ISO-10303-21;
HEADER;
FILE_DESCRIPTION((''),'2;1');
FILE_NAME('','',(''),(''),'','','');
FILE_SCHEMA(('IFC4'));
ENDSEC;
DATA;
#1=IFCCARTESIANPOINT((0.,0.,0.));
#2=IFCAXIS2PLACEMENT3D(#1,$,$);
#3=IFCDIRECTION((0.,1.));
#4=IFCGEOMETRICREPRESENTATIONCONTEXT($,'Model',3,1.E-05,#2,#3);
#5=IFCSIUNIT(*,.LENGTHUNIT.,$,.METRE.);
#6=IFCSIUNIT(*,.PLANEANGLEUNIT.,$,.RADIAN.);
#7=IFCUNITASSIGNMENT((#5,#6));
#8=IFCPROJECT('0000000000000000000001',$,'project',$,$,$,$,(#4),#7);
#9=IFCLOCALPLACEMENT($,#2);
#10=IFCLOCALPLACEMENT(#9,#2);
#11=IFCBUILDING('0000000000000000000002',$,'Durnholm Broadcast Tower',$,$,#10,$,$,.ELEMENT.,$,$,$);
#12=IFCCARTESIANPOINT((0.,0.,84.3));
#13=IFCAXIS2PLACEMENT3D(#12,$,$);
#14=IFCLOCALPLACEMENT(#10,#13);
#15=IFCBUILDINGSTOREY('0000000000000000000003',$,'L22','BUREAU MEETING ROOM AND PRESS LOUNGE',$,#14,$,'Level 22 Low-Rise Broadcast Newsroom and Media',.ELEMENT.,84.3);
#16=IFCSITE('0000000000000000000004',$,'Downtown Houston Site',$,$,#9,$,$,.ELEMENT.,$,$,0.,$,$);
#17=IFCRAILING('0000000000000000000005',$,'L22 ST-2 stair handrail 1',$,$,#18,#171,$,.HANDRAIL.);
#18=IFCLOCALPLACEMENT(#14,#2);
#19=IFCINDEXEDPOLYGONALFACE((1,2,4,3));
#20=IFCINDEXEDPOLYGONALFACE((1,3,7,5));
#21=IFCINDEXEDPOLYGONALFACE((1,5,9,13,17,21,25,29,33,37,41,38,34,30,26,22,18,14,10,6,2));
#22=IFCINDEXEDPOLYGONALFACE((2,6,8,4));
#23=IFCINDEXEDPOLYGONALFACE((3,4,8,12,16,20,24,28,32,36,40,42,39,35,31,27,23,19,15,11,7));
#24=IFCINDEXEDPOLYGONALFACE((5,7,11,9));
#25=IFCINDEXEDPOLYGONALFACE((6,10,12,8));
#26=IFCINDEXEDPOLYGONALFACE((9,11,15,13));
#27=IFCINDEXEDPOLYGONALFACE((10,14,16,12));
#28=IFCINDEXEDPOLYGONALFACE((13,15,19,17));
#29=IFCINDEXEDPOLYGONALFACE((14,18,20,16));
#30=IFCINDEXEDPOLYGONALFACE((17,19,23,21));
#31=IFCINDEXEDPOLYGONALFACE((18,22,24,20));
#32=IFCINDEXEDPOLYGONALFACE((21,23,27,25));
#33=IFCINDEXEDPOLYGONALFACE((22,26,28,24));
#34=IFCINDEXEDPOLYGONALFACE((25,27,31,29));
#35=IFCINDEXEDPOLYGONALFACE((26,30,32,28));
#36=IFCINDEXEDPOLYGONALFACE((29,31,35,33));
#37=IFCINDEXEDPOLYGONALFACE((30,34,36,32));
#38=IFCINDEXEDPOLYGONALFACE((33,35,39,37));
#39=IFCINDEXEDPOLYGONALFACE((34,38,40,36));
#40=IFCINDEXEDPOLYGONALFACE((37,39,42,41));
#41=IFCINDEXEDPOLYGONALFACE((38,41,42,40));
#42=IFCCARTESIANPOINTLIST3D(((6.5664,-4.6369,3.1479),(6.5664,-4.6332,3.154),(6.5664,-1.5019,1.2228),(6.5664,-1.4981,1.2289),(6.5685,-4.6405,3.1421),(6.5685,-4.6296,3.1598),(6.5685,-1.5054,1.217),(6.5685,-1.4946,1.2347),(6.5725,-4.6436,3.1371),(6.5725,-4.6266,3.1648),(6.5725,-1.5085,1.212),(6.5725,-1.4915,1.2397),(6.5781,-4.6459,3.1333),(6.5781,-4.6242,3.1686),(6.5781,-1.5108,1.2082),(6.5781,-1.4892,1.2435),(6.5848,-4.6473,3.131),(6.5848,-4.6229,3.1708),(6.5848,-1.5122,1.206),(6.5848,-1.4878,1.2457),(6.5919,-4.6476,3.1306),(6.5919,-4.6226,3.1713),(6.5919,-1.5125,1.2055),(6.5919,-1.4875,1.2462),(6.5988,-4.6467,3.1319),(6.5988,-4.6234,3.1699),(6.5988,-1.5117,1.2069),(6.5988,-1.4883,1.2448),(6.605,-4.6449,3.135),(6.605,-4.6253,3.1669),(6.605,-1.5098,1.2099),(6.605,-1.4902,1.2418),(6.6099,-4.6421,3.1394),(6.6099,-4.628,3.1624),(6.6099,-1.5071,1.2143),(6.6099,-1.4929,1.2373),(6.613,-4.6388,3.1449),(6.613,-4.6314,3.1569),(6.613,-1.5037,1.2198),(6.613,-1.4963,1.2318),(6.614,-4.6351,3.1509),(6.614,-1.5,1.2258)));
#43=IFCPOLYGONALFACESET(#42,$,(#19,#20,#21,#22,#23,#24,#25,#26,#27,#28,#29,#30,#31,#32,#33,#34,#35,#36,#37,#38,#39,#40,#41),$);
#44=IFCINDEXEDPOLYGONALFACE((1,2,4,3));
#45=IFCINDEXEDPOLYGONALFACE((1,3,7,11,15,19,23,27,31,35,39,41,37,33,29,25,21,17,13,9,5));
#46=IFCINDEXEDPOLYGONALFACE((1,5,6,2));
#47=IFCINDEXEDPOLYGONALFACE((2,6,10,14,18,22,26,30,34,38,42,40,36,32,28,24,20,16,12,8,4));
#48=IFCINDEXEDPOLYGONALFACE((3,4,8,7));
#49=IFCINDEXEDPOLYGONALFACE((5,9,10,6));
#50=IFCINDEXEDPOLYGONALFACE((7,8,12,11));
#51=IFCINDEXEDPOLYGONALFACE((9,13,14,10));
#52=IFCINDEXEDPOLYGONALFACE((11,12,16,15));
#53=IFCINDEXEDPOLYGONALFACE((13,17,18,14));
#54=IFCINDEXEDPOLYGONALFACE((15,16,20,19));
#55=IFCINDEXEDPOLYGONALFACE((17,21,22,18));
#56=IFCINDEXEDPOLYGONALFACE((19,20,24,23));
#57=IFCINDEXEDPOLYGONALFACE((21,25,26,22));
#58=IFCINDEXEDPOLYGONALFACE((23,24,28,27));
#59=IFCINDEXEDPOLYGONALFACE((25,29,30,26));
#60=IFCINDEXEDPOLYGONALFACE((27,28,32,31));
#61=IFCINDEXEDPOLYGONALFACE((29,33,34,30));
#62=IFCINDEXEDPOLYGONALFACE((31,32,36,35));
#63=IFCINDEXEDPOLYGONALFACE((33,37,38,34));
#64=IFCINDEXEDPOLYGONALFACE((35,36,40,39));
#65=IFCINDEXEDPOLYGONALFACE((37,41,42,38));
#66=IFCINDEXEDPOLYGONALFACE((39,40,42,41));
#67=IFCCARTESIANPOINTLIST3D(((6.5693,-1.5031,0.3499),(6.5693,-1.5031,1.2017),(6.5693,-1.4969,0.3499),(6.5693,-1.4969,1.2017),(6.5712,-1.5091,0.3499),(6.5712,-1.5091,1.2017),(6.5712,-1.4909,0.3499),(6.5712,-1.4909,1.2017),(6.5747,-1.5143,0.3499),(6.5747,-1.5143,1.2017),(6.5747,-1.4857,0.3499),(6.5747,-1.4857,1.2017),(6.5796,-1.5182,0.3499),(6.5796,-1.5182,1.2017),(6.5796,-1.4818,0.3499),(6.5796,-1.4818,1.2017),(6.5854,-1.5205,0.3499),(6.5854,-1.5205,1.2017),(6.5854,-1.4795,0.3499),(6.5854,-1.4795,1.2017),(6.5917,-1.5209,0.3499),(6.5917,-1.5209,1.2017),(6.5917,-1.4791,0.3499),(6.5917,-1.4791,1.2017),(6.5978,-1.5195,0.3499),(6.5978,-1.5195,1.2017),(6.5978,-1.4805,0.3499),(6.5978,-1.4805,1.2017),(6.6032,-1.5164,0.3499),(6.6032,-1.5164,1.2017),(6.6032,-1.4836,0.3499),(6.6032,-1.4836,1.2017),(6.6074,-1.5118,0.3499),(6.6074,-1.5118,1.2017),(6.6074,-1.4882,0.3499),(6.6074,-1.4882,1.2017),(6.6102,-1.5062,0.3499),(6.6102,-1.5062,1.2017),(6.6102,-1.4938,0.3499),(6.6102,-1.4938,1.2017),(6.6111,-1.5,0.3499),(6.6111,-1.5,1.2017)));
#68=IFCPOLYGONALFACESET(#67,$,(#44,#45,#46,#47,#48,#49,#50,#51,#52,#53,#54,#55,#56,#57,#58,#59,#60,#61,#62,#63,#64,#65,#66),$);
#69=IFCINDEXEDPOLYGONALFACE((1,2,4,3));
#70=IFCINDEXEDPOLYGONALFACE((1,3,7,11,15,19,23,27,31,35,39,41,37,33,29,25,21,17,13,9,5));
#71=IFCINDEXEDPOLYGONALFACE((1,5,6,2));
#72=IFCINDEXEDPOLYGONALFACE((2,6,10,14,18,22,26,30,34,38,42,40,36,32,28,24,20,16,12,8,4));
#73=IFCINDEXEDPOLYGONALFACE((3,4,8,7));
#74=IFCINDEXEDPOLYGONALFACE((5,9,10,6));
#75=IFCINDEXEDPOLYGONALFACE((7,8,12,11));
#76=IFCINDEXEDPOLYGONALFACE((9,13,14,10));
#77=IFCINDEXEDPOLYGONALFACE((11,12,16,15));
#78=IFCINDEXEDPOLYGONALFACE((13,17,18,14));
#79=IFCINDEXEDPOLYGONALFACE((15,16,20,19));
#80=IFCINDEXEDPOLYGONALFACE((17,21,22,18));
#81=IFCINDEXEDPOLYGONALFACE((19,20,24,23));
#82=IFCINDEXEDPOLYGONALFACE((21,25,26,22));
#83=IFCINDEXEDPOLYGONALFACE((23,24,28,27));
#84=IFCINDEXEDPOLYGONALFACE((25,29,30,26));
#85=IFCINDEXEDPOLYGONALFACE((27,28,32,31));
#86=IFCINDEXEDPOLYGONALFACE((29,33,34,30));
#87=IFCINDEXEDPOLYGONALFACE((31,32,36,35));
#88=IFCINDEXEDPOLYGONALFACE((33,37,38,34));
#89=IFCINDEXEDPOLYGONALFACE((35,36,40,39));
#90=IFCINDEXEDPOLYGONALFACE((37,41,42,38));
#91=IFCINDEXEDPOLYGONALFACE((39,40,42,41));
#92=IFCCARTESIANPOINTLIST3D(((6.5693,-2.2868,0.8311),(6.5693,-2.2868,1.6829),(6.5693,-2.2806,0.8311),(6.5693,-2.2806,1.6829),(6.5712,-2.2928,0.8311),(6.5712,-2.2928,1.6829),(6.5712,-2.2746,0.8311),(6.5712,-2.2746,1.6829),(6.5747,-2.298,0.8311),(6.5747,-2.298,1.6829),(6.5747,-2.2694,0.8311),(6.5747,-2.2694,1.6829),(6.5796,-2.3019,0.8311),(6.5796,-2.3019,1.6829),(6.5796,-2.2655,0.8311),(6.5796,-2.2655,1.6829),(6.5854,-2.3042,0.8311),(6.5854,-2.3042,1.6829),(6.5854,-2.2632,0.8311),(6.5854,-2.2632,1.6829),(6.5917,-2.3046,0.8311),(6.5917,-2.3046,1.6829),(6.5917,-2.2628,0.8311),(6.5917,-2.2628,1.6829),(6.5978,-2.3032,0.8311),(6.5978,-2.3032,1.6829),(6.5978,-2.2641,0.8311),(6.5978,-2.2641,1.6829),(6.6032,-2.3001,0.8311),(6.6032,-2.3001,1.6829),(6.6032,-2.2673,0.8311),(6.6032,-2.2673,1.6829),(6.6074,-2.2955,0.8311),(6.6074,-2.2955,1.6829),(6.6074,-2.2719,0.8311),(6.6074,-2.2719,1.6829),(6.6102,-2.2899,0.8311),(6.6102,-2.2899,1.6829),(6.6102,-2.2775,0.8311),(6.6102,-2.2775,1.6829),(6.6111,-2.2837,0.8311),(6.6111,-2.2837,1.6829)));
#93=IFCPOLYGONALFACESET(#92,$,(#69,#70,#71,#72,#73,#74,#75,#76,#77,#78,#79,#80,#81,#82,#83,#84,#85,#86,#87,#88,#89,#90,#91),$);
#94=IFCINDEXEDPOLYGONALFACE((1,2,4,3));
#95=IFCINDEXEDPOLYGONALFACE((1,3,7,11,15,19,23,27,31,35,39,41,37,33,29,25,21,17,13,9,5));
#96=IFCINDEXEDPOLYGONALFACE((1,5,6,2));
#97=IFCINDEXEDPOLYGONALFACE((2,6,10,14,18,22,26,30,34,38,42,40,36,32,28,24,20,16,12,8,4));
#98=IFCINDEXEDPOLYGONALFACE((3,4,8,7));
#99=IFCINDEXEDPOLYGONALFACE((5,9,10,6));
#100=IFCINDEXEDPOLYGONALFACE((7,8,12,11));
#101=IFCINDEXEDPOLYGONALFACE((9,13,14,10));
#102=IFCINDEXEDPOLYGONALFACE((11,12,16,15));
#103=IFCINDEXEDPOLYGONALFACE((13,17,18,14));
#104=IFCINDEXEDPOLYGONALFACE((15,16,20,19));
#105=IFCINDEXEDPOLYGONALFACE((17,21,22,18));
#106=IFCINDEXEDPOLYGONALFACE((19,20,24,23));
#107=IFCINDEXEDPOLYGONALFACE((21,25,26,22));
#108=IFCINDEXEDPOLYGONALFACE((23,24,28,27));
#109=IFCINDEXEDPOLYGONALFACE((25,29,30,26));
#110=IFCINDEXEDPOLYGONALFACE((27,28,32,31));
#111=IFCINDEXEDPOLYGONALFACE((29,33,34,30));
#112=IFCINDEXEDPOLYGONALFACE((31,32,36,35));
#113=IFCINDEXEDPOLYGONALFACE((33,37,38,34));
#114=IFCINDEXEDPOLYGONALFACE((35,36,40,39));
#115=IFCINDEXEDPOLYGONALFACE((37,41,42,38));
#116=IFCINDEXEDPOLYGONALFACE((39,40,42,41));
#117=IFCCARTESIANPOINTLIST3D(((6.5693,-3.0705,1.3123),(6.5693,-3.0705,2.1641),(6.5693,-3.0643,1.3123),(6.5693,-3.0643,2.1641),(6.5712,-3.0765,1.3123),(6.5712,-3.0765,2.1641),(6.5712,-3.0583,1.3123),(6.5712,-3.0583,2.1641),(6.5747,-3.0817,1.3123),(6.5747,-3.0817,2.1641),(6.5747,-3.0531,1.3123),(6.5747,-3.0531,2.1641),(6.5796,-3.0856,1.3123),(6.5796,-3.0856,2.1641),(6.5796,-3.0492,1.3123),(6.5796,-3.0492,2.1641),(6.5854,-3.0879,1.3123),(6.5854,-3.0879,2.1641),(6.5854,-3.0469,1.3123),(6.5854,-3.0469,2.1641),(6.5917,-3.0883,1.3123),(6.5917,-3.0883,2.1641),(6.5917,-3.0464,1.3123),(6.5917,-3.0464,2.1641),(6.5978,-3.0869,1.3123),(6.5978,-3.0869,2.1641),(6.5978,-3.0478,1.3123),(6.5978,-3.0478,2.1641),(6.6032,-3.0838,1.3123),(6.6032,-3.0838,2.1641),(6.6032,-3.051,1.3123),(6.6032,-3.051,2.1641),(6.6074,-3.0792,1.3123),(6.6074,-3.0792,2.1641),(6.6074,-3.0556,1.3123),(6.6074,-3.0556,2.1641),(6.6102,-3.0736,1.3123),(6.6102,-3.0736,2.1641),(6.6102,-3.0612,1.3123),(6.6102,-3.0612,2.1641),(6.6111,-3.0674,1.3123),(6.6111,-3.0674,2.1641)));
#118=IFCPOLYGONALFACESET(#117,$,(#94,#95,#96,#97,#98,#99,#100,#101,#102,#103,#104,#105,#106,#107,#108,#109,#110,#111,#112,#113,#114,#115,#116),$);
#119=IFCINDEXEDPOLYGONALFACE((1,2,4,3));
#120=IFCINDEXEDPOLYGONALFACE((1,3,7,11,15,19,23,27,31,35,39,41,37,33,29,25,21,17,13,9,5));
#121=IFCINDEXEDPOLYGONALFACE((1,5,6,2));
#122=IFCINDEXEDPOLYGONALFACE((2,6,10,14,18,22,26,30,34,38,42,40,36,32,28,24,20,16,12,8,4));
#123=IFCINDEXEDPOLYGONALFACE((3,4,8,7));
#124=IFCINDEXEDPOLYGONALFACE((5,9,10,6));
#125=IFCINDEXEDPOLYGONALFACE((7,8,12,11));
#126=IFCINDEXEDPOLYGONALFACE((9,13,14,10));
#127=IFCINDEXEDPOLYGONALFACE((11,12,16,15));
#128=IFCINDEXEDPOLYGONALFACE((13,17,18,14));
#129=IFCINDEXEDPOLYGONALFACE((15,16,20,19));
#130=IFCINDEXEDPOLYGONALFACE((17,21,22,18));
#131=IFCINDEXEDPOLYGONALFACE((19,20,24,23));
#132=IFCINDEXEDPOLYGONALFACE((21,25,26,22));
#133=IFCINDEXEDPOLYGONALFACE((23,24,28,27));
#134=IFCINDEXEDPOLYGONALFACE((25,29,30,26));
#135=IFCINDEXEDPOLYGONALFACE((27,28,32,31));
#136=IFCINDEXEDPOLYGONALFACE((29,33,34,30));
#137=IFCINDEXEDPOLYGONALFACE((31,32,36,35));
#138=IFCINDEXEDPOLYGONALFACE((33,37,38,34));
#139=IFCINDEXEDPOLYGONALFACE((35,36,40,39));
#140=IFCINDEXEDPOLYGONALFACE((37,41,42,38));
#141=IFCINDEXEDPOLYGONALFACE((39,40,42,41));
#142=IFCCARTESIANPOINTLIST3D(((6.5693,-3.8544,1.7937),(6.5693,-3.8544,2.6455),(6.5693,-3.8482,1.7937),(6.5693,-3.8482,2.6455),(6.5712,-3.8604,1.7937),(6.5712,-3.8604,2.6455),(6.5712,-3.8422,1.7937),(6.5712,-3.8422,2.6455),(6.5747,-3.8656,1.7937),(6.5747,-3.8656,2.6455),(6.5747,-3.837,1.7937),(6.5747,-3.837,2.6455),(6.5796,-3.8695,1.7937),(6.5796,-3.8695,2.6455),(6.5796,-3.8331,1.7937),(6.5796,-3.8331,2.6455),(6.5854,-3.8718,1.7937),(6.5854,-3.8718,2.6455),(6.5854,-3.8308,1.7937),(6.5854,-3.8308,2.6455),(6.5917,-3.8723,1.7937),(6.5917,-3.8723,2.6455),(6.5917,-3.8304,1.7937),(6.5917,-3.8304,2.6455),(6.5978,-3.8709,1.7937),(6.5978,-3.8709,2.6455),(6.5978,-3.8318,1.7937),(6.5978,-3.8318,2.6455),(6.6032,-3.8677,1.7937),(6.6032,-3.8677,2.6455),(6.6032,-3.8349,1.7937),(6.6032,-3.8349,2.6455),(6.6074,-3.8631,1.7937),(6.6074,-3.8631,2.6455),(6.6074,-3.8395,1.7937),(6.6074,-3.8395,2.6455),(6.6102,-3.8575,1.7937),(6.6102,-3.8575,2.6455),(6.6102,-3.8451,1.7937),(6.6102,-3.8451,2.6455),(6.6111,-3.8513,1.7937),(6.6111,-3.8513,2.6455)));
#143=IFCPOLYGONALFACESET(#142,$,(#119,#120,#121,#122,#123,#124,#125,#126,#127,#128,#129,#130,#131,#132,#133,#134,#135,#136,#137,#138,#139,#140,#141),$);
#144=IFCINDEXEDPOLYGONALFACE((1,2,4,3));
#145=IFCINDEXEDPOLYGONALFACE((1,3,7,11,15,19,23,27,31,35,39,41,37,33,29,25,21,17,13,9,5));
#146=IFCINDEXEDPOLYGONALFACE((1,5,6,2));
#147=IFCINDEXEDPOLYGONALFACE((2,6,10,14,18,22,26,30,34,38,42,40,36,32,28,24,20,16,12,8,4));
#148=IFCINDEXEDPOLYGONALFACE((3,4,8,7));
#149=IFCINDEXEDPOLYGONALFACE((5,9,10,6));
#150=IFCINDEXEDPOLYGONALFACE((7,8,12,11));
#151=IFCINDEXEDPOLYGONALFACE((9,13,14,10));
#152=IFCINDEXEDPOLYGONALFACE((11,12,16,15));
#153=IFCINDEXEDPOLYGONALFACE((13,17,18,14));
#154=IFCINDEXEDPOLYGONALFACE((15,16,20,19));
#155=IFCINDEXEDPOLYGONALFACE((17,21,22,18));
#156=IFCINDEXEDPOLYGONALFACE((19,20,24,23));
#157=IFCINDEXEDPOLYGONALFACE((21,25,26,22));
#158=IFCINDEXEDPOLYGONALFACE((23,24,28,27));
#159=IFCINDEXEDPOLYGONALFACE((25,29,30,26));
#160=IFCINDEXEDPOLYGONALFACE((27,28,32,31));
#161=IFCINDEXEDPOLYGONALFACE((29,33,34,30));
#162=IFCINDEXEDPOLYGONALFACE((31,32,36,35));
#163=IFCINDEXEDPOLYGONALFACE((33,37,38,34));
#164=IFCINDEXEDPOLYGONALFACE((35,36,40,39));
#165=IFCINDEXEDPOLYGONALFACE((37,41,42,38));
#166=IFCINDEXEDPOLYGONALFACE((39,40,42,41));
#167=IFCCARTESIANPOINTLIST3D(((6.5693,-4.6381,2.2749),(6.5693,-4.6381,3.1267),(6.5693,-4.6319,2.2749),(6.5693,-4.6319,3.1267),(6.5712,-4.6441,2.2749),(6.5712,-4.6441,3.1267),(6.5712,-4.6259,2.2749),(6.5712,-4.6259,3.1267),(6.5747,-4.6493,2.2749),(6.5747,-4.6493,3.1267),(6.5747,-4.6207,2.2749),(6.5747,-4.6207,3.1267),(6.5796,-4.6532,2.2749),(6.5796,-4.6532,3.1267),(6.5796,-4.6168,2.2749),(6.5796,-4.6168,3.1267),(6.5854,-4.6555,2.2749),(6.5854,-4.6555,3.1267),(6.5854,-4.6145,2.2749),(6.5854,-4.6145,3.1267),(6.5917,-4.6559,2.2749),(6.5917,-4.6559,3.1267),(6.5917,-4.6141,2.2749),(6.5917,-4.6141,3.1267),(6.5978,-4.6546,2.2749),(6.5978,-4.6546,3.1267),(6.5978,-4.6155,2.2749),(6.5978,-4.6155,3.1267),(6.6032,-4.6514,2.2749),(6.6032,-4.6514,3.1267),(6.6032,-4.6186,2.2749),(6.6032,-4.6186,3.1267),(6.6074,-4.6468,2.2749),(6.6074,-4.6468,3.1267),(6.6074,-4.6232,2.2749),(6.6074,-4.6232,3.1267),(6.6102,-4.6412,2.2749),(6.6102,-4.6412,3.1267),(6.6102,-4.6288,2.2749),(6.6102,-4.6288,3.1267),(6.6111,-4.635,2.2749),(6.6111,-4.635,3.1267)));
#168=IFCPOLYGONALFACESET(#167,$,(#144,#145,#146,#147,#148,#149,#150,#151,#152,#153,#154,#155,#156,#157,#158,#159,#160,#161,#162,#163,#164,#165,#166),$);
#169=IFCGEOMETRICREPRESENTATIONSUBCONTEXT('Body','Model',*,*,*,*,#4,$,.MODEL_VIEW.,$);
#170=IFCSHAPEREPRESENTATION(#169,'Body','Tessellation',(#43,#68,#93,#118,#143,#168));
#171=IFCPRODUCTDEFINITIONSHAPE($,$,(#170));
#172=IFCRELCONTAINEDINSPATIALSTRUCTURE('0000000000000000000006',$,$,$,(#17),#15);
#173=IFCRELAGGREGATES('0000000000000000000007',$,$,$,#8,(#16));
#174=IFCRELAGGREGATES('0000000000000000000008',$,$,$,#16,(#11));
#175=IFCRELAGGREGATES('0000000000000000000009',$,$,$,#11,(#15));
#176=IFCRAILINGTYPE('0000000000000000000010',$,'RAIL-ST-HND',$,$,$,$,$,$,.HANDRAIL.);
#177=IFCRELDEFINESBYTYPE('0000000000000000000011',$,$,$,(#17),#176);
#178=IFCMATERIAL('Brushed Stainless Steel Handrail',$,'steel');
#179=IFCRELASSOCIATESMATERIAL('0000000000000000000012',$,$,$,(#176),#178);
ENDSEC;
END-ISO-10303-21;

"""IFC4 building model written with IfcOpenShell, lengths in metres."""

from ifc_helpers import new_model, si_unit, direction, frame, origin, origin_2d, place, context, subcontext, project, spatial, circle, extrude, material, type_object, element, save


model = new_model("IFC4")

# Units and contexts
model_context = context("Model", 3, precision=1e-05, world=origin(), true_north=direction((0.0, 1.0)))
body_context = subcontext(model_context, "Body", "Model", "MODEL_VIEW")
ifc_project = project(units=[si_unit("LENGTHUNIT", "METRE"), si_unit("PLANEANGLEUNIT", "RADIAN")], contexts=[model_context])

# Site, building, storey
site_placement = place(None, origin())
site = spatial("IfcSite", under=ifc_project, at=site_placement, Name="Downtown Houston Site", CompositionType="ELEMENT", RefElevation=0.0)
building_placement = place(site_placement, origin())
building = spatial("IfcBuilding", under=site, at=building_placement, Name="Durnholm Broadcast Tower", CompositionType="ELEMENT")
storey_placement = place(building_placement, frame((0.0, 0.0, 84.3)))
storey = spatial("IfcBuildingStorey", under=building, at=storey_placement, Name="L22", Description="BUREAU MEETING ROOM AND PRESS LOUNGE", LongName="Level 22 Low-Rise Broadcast Newsroom and Media", CompositionType="ELEMENT", Elevation=84.3)

# Railing
ifc_material_1 = material(Name="Brushed Stainless Steel Handrail", Category="steel")
railing_type_1 = type_object("IfcRailingType", Name="RAIL-ST-HND", PredefinedType="HANDRAIL", material=ifc_material_1)
railing_1_placement = place(storey_placement, frame((6.5901, -1.5, 0.3499)))
element("IfcRailing", 1, at=railing_1_placement, inside=storey, type_object=railing_type_1, Name="L22 ST-2 stair handrail 1", PredefinedType="HANDRAIL", context=body_context, shape_type="SweptSolid", body=[
    extrude(circle(Radius=0.0239, at=origin_2d()), frame((0.0, 0.0, 0.876), z_axis=(0.0, -0.852166, 0.523271), x_axis=(1.0, 0.0, 0.0)), (0.0, 0.0, 1.0), 3.679),
    extrude(circle(Radius=0.021, at=origin_2d()), origin(), (0.0, 0.0, 1.0), 0.8518),
    extrude(circle(Radius=0.021, at=origin_2d()), frame((0.0, -0.7837, 0.4812)), (0.0, 0.0, 1.0), 0.8518),
    extrude(circle(Radius=0.021, at=origin_2d()), frame((0.0, -1.5674, 0.9624)), (0.0, 0.0, 1.0), 0.8518),
    extrude(circle(Radius=0.021, at=origin_2d()), frame((0.0, -2.3513, 1.4438)), (0.0, 0.0, 1.0), 0.8518),
    extrude(circle(Radius=0.021, at=origin_2d()), frame((0.0, -3.135, 1.925)), (0.0, 0.0, 1.0), 0.8518),
])

save(model, "model.ifc")
